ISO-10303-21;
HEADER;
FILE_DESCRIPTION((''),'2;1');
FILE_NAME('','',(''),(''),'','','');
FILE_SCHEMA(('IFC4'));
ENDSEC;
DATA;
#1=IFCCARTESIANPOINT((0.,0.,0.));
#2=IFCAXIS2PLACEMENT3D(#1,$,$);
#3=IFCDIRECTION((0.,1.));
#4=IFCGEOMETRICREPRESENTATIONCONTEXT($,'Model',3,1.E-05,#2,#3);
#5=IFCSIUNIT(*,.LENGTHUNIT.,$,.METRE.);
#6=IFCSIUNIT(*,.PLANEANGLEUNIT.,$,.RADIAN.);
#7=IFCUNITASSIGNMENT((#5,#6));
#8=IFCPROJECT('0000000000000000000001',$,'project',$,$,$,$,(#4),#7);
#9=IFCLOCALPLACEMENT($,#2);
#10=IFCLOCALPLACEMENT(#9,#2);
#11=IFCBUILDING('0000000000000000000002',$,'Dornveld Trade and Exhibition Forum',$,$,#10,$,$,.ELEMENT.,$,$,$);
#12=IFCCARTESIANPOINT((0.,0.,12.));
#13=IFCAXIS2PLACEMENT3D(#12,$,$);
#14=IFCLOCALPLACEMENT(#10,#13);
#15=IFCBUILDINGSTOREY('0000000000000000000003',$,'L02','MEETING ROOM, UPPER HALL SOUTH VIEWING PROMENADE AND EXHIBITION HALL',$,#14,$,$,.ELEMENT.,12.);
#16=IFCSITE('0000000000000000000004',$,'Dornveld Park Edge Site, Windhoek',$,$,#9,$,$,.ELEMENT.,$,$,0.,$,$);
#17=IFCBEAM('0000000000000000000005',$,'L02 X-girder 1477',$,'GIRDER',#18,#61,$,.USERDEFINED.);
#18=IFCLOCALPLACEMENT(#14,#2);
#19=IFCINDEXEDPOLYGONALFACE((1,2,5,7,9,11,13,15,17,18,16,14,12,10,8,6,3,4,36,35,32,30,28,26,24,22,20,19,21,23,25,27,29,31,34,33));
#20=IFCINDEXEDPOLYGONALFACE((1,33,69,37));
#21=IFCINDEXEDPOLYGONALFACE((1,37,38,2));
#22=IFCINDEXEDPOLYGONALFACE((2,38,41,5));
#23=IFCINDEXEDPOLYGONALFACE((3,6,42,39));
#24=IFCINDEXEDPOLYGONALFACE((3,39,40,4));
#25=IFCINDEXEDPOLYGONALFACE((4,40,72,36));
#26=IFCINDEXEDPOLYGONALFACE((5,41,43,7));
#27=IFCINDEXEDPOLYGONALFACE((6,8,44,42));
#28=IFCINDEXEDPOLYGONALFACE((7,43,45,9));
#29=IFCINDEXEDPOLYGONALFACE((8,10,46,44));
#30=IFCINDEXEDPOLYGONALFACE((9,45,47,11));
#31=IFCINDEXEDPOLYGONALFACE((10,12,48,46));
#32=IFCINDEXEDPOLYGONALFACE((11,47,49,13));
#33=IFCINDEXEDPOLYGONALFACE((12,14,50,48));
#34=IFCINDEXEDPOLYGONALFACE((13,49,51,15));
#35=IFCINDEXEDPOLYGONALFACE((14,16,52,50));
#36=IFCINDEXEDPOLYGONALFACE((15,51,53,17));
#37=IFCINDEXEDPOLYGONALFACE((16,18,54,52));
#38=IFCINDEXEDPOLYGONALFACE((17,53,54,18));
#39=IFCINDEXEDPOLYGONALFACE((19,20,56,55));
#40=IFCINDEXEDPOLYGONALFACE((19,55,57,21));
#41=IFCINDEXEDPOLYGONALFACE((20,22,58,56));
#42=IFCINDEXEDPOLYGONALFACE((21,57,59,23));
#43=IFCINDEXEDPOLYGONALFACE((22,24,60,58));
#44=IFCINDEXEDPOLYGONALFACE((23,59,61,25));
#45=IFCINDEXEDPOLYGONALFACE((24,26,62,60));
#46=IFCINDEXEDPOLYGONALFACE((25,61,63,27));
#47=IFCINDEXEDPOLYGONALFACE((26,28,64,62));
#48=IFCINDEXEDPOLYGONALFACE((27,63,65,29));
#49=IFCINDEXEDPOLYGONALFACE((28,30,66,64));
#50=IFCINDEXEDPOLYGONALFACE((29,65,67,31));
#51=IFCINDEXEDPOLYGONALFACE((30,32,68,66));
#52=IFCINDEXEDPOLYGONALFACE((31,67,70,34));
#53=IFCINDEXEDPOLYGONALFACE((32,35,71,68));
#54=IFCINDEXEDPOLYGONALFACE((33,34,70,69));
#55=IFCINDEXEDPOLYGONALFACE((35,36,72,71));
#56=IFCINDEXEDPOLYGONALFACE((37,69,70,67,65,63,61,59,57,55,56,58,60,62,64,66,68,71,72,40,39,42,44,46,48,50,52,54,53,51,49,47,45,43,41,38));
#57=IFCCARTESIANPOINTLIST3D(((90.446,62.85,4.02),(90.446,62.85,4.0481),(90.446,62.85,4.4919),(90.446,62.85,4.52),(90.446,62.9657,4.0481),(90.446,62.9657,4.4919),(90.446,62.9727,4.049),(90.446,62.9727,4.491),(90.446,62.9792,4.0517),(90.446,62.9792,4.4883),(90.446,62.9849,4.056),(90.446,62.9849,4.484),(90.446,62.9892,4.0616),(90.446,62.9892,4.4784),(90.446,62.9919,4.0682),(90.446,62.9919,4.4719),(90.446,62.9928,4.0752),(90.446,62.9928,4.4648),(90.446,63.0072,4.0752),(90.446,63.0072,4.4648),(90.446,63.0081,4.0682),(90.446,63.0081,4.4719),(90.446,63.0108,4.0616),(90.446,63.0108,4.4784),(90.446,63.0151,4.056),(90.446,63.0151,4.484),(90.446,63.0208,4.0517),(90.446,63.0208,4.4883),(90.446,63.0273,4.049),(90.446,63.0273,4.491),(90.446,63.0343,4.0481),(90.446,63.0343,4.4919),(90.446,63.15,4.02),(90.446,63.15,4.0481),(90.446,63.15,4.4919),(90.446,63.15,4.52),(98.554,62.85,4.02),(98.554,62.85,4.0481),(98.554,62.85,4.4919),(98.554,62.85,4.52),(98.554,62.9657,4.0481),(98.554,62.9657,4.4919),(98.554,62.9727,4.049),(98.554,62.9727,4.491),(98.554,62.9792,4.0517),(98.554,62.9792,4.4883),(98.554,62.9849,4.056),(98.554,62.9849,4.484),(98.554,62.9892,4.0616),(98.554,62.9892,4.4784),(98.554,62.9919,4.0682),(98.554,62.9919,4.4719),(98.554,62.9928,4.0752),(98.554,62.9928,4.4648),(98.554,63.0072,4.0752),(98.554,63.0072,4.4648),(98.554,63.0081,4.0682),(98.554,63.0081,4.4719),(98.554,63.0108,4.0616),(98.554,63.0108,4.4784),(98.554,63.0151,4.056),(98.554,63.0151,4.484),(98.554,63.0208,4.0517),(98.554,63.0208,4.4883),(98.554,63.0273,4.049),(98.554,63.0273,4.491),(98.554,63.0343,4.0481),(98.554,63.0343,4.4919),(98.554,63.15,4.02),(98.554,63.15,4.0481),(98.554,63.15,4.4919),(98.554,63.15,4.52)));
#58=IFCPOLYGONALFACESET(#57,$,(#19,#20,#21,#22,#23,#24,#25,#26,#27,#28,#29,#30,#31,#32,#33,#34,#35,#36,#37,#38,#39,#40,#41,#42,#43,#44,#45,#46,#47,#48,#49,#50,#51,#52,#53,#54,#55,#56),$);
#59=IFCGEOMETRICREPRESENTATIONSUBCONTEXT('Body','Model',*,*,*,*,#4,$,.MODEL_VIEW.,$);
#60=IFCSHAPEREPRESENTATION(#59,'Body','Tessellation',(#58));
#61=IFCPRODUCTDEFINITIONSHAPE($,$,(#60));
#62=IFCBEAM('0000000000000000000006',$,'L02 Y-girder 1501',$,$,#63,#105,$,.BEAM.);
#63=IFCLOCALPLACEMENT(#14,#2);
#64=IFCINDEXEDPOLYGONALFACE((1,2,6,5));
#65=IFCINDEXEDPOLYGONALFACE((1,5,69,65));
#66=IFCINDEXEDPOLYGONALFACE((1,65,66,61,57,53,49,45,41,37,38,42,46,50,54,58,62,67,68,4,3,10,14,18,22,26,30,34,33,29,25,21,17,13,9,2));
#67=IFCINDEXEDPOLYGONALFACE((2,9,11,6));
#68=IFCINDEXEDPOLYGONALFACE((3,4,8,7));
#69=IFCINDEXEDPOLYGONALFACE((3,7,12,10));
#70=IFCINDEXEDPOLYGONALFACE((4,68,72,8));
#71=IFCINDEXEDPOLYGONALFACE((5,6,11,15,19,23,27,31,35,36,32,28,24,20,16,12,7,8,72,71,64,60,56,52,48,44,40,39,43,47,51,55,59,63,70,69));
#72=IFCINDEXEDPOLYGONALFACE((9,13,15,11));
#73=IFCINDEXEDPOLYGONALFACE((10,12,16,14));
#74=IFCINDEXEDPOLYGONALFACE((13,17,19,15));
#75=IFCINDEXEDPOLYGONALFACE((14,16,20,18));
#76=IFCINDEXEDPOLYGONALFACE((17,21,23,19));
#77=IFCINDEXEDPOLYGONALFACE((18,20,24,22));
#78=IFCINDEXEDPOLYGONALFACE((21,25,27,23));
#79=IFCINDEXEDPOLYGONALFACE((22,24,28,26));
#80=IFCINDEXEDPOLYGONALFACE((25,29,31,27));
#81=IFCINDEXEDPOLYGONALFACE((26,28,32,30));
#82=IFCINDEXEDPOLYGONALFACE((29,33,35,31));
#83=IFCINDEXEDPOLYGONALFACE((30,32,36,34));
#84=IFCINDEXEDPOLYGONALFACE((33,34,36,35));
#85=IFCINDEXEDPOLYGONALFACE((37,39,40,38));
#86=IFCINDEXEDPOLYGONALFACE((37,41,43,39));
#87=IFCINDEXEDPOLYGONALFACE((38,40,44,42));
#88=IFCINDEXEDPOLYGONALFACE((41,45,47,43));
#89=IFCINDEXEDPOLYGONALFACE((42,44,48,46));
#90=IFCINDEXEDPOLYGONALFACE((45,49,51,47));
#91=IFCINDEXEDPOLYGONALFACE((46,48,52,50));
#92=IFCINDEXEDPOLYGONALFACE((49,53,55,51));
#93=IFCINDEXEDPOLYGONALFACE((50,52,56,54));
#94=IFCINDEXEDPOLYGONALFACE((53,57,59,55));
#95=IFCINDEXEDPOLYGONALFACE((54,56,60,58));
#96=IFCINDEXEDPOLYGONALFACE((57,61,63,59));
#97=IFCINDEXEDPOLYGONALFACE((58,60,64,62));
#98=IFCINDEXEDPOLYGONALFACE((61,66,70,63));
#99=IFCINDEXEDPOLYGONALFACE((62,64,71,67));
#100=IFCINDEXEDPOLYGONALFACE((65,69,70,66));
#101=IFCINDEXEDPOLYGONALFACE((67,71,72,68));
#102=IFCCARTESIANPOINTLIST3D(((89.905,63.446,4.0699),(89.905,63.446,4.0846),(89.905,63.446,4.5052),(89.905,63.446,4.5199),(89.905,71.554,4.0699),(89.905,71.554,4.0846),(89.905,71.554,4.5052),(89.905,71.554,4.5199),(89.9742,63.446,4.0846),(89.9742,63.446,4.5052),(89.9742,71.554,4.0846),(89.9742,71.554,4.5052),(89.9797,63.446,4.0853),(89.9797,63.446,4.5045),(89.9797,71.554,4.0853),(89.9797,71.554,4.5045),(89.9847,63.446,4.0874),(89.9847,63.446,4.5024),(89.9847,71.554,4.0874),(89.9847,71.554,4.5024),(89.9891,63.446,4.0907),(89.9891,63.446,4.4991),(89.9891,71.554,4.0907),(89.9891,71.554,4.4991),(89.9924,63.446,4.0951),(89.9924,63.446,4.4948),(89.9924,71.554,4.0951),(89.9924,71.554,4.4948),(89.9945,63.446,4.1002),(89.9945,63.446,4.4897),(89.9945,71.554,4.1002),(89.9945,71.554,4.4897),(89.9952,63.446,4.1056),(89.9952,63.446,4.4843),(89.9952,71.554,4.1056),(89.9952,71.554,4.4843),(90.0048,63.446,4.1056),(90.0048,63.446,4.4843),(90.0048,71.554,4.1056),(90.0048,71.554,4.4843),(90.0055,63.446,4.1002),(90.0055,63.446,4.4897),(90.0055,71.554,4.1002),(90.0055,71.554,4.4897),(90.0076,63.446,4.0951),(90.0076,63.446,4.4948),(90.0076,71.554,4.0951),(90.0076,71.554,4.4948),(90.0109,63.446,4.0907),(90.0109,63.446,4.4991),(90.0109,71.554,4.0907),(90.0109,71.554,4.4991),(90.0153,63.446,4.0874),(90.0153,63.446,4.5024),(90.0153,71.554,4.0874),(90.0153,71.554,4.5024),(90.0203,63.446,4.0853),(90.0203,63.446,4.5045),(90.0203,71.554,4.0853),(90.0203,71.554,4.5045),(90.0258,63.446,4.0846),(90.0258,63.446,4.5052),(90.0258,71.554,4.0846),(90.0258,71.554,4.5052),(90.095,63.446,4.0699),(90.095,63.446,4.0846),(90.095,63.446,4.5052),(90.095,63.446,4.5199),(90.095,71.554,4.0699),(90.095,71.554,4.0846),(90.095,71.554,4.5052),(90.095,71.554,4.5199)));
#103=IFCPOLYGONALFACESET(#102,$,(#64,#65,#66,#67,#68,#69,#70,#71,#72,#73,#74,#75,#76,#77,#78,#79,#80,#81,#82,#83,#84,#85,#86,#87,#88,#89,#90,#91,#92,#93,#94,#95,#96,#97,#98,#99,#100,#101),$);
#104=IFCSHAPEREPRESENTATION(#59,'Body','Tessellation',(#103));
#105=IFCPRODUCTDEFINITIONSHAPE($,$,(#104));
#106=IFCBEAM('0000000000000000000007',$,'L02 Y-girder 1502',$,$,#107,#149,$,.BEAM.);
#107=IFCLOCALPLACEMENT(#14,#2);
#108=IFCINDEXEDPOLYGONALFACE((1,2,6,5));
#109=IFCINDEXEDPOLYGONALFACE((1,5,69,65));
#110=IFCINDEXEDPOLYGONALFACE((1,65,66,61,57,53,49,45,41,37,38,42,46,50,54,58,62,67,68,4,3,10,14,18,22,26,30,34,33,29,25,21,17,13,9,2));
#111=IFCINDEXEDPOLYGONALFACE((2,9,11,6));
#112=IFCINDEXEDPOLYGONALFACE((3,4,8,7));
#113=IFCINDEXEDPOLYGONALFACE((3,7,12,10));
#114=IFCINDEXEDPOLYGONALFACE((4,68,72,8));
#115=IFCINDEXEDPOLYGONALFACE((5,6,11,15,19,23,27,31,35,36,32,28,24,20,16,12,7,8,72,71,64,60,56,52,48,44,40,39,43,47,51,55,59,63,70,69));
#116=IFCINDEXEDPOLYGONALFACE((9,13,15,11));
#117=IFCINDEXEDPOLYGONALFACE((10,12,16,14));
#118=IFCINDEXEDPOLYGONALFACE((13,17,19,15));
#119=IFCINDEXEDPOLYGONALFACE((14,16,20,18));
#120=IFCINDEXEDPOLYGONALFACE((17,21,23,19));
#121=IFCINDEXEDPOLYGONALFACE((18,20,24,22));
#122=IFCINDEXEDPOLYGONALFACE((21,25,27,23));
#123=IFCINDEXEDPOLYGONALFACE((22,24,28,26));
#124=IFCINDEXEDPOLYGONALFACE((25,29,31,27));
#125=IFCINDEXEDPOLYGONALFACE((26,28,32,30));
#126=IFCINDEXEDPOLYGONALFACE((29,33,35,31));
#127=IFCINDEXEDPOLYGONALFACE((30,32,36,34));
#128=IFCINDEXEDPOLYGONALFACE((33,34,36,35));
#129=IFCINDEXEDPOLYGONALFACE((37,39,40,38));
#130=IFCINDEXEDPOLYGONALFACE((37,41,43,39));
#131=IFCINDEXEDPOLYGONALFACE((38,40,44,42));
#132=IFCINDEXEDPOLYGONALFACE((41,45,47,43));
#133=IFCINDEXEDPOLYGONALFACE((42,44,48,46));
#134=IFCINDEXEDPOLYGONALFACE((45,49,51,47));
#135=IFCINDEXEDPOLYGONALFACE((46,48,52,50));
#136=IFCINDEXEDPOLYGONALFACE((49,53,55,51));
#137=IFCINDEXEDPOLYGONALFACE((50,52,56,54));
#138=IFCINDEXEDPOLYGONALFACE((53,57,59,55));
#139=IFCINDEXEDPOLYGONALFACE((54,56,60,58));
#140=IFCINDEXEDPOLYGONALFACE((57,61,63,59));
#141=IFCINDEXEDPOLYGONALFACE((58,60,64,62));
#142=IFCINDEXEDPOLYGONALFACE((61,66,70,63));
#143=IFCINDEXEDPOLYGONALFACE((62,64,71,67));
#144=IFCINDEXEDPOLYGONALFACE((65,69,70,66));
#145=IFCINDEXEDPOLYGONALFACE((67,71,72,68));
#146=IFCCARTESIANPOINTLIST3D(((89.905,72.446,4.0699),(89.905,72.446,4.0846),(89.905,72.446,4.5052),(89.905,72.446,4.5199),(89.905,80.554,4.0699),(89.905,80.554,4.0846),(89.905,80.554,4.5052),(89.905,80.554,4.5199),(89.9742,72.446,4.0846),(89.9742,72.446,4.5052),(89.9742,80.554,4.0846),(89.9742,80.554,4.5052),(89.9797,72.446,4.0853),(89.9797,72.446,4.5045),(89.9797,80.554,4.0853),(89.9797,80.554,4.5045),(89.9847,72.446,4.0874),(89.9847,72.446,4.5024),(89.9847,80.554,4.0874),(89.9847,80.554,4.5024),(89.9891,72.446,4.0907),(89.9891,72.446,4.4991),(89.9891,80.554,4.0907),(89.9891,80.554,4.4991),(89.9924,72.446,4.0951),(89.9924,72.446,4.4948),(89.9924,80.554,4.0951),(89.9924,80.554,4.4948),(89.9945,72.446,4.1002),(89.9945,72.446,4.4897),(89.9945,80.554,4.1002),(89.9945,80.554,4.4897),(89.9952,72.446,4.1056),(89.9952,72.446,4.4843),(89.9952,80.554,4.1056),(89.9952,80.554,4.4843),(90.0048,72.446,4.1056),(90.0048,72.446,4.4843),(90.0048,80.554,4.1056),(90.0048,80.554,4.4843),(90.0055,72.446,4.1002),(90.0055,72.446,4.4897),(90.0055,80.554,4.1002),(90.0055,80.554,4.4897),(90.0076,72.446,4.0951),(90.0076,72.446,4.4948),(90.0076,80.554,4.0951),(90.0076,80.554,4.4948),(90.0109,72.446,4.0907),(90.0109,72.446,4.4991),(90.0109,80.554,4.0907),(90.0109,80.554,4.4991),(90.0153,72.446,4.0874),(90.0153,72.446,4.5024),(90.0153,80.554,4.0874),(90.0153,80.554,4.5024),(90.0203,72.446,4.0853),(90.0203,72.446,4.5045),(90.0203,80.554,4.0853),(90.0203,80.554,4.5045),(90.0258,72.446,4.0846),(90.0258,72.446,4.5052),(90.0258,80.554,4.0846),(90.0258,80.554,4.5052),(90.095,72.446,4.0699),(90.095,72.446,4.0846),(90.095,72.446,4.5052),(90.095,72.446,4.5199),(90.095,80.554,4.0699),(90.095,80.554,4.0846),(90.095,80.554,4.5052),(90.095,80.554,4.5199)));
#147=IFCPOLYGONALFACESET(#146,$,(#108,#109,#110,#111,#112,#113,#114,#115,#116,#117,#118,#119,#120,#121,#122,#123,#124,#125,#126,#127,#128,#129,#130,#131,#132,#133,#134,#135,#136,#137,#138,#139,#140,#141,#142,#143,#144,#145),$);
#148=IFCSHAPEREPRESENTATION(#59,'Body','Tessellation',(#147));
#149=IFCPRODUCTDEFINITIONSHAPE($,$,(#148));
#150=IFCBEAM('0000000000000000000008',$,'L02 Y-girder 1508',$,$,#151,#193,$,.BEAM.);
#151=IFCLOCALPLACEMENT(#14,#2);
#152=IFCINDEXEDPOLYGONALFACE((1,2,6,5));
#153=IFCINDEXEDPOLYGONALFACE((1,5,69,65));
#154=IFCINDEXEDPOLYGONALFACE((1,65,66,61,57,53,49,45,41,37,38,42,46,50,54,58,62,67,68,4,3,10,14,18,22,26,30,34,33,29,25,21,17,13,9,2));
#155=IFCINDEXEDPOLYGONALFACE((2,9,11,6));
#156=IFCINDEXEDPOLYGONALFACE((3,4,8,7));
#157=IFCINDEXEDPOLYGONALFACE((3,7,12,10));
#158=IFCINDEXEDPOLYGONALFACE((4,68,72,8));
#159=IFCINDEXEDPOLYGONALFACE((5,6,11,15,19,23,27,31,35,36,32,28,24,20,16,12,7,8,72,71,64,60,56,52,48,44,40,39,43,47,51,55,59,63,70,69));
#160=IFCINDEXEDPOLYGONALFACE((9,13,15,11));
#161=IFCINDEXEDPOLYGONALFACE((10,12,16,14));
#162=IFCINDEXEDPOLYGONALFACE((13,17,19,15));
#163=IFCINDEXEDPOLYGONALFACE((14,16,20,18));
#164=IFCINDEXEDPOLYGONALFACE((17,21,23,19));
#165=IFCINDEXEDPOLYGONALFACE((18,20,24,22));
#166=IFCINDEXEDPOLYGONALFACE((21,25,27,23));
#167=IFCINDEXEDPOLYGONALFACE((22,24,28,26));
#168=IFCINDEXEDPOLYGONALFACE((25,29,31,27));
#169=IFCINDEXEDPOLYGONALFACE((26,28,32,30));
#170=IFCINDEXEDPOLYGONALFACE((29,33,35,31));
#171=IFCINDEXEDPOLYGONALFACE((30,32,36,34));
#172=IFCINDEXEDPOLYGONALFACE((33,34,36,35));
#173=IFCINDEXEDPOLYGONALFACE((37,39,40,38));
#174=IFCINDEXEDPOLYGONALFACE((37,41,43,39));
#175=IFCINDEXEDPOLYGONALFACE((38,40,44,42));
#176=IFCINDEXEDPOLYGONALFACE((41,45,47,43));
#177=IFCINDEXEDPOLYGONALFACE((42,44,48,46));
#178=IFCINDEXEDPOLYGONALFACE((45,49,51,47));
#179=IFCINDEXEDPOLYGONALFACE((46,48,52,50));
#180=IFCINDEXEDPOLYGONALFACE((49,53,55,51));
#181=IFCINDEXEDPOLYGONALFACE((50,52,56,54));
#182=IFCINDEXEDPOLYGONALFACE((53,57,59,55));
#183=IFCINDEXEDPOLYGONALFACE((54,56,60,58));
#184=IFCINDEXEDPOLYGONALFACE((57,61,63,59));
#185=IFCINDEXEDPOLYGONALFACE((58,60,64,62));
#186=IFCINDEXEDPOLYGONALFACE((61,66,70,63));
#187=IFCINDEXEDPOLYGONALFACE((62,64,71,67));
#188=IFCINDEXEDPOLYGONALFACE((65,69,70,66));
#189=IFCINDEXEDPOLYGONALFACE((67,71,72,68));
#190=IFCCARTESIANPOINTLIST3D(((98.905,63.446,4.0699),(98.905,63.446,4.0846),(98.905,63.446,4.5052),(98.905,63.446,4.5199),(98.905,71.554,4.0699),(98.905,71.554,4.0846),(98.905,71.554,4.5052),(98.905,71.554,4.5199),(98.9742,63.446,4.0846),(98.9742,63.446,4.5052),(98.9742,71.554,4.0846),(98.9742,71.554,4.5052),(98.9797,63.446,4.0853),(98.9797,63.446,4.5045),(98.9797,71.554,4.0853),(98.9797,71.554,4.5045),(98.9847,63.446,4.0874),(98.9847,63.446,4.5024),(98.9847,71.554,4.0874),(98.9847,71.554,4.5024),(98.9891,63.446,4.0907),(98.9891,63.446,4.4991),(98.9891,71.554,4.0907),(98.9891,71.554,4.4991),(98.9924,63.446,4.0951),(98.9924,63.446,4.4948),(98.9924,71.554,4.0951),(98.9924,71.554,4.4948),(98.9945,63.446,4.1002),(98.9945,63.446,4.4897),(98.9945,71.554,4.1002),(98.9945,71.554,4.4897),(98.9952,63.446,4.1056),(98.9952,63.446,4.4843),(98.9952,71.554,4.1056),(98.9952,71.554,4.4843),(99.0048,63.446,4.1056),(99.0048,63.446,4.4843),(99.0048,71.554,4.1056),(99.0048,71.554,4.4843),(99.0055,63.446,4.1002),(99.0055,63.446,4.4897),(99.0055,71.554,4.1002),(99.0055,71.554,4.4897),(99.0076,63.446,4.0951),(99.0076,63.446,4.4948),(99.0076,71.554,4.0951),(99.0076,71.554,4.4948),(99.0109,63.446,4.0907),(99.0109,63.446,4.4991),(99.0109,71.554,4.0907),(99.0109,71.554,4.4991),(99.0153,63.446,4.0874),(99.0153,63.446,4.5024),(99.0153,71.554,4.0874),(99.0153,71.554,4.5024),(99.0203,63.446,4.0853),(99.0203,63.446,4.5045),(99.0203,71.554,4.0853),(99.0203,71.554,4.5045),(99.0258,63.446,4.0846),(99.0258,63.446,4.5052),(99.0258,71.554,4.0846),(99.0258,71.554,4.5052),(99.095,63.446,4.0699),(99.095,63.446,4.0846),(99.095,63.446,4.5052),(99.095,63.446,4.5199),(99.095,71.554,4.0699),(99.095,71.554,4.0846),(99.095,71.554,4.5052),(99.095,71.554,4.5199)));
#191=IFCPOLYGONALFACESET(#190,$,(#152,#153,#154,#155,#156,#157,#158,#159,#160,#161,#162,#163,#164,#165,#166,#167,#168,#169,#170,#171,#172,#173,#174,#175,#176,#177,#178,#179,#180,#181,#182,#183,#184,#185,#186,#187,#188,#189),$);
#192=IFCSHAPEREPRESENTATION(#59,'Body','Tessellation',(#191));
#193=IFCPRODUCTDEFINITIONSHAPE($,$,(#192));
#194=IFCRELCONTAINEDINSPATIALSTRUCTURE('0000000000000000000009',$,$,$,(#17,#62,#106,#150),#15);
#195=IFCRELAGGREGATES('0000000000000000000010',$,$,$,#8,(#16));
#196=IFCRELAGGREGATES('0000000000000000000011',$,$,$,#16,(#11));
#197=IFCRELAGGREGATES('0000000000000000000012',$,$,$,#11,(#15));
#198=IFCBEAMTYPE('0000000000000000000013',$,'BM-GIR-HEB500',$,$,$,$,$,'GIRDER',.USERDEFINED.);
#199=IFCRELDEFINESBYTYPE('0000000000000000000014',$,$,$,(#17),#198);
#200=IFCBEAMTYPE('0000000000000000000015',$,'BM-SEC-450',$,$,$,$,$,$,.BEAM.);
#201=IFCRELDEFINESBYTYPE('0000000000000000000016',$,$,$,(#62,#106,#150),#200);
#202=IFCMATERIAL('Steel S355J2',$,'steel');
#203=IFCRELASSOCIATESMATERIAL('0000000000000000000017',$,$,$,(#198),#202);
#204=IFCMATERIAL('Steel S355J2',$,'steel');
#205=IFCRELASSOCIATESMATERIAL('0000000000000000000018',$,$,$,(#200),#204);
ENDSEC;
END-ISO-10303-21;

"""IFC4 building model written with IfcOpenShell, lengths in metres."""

from ifc_helpers import new_model, si_unit, direction, frame, origin, origin_2d, place, context, subcontext, project, spatial, i_section, extrude, material, material_profile, profile_set, type_object, element, save


model = new_model("IFC4")

# Units and contexts
model_context = context("Model", 3, precision=1e-05, world=origin(), true_north=direction((0.0, 1.0)))
body_context = subcontext(model_context, "Body", "Model", "MODEL_VIEW")
ifc_project = project(units=[si_unit("LENGTHUNIT", "METRE"), si_unit("PLANEANGLEUNIT", "RADIAN")], contexts=[model_context])

# Site, building, storey
site_placement = place(None, origin())
site = spatial("IfcSite", under=ifc_project, at=site_placement, Name="Dornveld Park Edge Site, Windhoek", CompositionType="ELEMENT", RefElevation=0.0)
building_placement = place(site_placement, origin())
building = spatial("IfcBuilding", under=site, at=building_placement, Name="Dornveld Trade and Exhibition Forum", CompositionType="ELEMENT")
storey_placement = place(building_placement, frame((0.0, 0.0, 12.0)))
storey = spatial("IfcBuildingStorey", under=building, at=storey_placement, Name="L02", Description="MEETING ROOM, UPPER HALL SOUTH VIEWING PROMENADE AND EXHIBITION HALL", CompositionType="ELEMENT", Elevation=12.0)

# Beams
ifc_material_1 = material(Name="Steel S355J2", Category="steel")
ifc_material_profile_1 = material_profile(ifc_material_1, i_section(OverallWidth=0.3, OverallDepth=0.5, WebThickness=0.0144, FlangeThickness=0.0281, FilletRadius=0.0271, at=origin_2d()), Name="HEB 500")
ifc_profile_set_1 = profile_set([ifc_material_profile_1], Name="Steel S355J2")
beam_type_1 = type_object("IfcBeamType", Name="BM-GIR-HEB500", ElementType="GIRDER", PredefinedType="USERDEFINED", material=ifc_profile_set_1)
for number, where, z_axis, x_axis, name in (
    (1, (90.446, 63.0, 4.27), (1.0, 0.0, 0.0), (0.0, 1.0, 0.0), "L02 X-girder 1477"),
):
    element("IfcBeam", number, at=place(storey_placement, frame(where, z_axis=z_axis, x_axis=x_axis)), inside=storey, type_object=beam_type_1, Name=name, ObjectType="GIRDER", PredefinedType="USERDEFINED", context=body_context, shape_type="SweptSolid", body=[
        extrude(i_section(OverallWidth=0.3, OverallDepth=0.5, WebThickness=0.0144, FlangeThickness=0.0281, FilletRadius=0.0271, at=origin_2d()), origin(), (0.0, 0.0, 1.0), 8.1079),
    ])
ifc_material_2 = material(Name="Steel S355J2", Category="steel")
ifc_material_profile_2 = material_profile(ifc_material_2, i_section(OverallWidth=0.1899, OverallDepth=0.45, WebThickness=0.0095, FlangeThickness=0.0146, FilletRadius=0.021, at=origin_2d()), Name="IPE 450")
ifc_profile_set_2 = profile_set([ifc_material_profile_2], Name="Steel S355J2")
beam_type_2 = type_object("IfcBeamType", Name="BM-SEC-450", PredefinedType="BEAM", material=ifc_profile_set_2)
for number, where, z_axis, x_axis, name in (
    (2, (90.0, 63.446, 4.2949), (0.0, 1.0, 0.0), (-1.0, 0.0, 0.0), "L02 Y-girder 1501"),
    (3, (90.0, 72.446, 4.2949), (0.0, 1.0, 0.0), (-1.0, 0.0, 0.0), "L02 Y-girder 1502"),
    (4, (99.0, 63.446, 4.2949), (0.0, 1.0, 0.0), (-1.0, 0.0, 0.0), "L02 Y-girder 1508"),
):
    element("IfcBeam", number, at=place(storey_placement, frame(where, z_axis=z_axis, x_axis=x_axis)), inside=storey, type_object=beam_type_2, Name=name, PredefinedType="BEAM", context=body_context, shape_type="SweptSolid", body=[
        extrude(i_section(OverallWidth=0.1899, OverallDepth=0.45, WebThickness=0.0095, FlangeThickness=0.0146, FilletRadius=0.021, at=origin_2d()), origin(), (0.0, 0.0, 1.0), 8.1079),
    ])

save(model, "model.ifc")
